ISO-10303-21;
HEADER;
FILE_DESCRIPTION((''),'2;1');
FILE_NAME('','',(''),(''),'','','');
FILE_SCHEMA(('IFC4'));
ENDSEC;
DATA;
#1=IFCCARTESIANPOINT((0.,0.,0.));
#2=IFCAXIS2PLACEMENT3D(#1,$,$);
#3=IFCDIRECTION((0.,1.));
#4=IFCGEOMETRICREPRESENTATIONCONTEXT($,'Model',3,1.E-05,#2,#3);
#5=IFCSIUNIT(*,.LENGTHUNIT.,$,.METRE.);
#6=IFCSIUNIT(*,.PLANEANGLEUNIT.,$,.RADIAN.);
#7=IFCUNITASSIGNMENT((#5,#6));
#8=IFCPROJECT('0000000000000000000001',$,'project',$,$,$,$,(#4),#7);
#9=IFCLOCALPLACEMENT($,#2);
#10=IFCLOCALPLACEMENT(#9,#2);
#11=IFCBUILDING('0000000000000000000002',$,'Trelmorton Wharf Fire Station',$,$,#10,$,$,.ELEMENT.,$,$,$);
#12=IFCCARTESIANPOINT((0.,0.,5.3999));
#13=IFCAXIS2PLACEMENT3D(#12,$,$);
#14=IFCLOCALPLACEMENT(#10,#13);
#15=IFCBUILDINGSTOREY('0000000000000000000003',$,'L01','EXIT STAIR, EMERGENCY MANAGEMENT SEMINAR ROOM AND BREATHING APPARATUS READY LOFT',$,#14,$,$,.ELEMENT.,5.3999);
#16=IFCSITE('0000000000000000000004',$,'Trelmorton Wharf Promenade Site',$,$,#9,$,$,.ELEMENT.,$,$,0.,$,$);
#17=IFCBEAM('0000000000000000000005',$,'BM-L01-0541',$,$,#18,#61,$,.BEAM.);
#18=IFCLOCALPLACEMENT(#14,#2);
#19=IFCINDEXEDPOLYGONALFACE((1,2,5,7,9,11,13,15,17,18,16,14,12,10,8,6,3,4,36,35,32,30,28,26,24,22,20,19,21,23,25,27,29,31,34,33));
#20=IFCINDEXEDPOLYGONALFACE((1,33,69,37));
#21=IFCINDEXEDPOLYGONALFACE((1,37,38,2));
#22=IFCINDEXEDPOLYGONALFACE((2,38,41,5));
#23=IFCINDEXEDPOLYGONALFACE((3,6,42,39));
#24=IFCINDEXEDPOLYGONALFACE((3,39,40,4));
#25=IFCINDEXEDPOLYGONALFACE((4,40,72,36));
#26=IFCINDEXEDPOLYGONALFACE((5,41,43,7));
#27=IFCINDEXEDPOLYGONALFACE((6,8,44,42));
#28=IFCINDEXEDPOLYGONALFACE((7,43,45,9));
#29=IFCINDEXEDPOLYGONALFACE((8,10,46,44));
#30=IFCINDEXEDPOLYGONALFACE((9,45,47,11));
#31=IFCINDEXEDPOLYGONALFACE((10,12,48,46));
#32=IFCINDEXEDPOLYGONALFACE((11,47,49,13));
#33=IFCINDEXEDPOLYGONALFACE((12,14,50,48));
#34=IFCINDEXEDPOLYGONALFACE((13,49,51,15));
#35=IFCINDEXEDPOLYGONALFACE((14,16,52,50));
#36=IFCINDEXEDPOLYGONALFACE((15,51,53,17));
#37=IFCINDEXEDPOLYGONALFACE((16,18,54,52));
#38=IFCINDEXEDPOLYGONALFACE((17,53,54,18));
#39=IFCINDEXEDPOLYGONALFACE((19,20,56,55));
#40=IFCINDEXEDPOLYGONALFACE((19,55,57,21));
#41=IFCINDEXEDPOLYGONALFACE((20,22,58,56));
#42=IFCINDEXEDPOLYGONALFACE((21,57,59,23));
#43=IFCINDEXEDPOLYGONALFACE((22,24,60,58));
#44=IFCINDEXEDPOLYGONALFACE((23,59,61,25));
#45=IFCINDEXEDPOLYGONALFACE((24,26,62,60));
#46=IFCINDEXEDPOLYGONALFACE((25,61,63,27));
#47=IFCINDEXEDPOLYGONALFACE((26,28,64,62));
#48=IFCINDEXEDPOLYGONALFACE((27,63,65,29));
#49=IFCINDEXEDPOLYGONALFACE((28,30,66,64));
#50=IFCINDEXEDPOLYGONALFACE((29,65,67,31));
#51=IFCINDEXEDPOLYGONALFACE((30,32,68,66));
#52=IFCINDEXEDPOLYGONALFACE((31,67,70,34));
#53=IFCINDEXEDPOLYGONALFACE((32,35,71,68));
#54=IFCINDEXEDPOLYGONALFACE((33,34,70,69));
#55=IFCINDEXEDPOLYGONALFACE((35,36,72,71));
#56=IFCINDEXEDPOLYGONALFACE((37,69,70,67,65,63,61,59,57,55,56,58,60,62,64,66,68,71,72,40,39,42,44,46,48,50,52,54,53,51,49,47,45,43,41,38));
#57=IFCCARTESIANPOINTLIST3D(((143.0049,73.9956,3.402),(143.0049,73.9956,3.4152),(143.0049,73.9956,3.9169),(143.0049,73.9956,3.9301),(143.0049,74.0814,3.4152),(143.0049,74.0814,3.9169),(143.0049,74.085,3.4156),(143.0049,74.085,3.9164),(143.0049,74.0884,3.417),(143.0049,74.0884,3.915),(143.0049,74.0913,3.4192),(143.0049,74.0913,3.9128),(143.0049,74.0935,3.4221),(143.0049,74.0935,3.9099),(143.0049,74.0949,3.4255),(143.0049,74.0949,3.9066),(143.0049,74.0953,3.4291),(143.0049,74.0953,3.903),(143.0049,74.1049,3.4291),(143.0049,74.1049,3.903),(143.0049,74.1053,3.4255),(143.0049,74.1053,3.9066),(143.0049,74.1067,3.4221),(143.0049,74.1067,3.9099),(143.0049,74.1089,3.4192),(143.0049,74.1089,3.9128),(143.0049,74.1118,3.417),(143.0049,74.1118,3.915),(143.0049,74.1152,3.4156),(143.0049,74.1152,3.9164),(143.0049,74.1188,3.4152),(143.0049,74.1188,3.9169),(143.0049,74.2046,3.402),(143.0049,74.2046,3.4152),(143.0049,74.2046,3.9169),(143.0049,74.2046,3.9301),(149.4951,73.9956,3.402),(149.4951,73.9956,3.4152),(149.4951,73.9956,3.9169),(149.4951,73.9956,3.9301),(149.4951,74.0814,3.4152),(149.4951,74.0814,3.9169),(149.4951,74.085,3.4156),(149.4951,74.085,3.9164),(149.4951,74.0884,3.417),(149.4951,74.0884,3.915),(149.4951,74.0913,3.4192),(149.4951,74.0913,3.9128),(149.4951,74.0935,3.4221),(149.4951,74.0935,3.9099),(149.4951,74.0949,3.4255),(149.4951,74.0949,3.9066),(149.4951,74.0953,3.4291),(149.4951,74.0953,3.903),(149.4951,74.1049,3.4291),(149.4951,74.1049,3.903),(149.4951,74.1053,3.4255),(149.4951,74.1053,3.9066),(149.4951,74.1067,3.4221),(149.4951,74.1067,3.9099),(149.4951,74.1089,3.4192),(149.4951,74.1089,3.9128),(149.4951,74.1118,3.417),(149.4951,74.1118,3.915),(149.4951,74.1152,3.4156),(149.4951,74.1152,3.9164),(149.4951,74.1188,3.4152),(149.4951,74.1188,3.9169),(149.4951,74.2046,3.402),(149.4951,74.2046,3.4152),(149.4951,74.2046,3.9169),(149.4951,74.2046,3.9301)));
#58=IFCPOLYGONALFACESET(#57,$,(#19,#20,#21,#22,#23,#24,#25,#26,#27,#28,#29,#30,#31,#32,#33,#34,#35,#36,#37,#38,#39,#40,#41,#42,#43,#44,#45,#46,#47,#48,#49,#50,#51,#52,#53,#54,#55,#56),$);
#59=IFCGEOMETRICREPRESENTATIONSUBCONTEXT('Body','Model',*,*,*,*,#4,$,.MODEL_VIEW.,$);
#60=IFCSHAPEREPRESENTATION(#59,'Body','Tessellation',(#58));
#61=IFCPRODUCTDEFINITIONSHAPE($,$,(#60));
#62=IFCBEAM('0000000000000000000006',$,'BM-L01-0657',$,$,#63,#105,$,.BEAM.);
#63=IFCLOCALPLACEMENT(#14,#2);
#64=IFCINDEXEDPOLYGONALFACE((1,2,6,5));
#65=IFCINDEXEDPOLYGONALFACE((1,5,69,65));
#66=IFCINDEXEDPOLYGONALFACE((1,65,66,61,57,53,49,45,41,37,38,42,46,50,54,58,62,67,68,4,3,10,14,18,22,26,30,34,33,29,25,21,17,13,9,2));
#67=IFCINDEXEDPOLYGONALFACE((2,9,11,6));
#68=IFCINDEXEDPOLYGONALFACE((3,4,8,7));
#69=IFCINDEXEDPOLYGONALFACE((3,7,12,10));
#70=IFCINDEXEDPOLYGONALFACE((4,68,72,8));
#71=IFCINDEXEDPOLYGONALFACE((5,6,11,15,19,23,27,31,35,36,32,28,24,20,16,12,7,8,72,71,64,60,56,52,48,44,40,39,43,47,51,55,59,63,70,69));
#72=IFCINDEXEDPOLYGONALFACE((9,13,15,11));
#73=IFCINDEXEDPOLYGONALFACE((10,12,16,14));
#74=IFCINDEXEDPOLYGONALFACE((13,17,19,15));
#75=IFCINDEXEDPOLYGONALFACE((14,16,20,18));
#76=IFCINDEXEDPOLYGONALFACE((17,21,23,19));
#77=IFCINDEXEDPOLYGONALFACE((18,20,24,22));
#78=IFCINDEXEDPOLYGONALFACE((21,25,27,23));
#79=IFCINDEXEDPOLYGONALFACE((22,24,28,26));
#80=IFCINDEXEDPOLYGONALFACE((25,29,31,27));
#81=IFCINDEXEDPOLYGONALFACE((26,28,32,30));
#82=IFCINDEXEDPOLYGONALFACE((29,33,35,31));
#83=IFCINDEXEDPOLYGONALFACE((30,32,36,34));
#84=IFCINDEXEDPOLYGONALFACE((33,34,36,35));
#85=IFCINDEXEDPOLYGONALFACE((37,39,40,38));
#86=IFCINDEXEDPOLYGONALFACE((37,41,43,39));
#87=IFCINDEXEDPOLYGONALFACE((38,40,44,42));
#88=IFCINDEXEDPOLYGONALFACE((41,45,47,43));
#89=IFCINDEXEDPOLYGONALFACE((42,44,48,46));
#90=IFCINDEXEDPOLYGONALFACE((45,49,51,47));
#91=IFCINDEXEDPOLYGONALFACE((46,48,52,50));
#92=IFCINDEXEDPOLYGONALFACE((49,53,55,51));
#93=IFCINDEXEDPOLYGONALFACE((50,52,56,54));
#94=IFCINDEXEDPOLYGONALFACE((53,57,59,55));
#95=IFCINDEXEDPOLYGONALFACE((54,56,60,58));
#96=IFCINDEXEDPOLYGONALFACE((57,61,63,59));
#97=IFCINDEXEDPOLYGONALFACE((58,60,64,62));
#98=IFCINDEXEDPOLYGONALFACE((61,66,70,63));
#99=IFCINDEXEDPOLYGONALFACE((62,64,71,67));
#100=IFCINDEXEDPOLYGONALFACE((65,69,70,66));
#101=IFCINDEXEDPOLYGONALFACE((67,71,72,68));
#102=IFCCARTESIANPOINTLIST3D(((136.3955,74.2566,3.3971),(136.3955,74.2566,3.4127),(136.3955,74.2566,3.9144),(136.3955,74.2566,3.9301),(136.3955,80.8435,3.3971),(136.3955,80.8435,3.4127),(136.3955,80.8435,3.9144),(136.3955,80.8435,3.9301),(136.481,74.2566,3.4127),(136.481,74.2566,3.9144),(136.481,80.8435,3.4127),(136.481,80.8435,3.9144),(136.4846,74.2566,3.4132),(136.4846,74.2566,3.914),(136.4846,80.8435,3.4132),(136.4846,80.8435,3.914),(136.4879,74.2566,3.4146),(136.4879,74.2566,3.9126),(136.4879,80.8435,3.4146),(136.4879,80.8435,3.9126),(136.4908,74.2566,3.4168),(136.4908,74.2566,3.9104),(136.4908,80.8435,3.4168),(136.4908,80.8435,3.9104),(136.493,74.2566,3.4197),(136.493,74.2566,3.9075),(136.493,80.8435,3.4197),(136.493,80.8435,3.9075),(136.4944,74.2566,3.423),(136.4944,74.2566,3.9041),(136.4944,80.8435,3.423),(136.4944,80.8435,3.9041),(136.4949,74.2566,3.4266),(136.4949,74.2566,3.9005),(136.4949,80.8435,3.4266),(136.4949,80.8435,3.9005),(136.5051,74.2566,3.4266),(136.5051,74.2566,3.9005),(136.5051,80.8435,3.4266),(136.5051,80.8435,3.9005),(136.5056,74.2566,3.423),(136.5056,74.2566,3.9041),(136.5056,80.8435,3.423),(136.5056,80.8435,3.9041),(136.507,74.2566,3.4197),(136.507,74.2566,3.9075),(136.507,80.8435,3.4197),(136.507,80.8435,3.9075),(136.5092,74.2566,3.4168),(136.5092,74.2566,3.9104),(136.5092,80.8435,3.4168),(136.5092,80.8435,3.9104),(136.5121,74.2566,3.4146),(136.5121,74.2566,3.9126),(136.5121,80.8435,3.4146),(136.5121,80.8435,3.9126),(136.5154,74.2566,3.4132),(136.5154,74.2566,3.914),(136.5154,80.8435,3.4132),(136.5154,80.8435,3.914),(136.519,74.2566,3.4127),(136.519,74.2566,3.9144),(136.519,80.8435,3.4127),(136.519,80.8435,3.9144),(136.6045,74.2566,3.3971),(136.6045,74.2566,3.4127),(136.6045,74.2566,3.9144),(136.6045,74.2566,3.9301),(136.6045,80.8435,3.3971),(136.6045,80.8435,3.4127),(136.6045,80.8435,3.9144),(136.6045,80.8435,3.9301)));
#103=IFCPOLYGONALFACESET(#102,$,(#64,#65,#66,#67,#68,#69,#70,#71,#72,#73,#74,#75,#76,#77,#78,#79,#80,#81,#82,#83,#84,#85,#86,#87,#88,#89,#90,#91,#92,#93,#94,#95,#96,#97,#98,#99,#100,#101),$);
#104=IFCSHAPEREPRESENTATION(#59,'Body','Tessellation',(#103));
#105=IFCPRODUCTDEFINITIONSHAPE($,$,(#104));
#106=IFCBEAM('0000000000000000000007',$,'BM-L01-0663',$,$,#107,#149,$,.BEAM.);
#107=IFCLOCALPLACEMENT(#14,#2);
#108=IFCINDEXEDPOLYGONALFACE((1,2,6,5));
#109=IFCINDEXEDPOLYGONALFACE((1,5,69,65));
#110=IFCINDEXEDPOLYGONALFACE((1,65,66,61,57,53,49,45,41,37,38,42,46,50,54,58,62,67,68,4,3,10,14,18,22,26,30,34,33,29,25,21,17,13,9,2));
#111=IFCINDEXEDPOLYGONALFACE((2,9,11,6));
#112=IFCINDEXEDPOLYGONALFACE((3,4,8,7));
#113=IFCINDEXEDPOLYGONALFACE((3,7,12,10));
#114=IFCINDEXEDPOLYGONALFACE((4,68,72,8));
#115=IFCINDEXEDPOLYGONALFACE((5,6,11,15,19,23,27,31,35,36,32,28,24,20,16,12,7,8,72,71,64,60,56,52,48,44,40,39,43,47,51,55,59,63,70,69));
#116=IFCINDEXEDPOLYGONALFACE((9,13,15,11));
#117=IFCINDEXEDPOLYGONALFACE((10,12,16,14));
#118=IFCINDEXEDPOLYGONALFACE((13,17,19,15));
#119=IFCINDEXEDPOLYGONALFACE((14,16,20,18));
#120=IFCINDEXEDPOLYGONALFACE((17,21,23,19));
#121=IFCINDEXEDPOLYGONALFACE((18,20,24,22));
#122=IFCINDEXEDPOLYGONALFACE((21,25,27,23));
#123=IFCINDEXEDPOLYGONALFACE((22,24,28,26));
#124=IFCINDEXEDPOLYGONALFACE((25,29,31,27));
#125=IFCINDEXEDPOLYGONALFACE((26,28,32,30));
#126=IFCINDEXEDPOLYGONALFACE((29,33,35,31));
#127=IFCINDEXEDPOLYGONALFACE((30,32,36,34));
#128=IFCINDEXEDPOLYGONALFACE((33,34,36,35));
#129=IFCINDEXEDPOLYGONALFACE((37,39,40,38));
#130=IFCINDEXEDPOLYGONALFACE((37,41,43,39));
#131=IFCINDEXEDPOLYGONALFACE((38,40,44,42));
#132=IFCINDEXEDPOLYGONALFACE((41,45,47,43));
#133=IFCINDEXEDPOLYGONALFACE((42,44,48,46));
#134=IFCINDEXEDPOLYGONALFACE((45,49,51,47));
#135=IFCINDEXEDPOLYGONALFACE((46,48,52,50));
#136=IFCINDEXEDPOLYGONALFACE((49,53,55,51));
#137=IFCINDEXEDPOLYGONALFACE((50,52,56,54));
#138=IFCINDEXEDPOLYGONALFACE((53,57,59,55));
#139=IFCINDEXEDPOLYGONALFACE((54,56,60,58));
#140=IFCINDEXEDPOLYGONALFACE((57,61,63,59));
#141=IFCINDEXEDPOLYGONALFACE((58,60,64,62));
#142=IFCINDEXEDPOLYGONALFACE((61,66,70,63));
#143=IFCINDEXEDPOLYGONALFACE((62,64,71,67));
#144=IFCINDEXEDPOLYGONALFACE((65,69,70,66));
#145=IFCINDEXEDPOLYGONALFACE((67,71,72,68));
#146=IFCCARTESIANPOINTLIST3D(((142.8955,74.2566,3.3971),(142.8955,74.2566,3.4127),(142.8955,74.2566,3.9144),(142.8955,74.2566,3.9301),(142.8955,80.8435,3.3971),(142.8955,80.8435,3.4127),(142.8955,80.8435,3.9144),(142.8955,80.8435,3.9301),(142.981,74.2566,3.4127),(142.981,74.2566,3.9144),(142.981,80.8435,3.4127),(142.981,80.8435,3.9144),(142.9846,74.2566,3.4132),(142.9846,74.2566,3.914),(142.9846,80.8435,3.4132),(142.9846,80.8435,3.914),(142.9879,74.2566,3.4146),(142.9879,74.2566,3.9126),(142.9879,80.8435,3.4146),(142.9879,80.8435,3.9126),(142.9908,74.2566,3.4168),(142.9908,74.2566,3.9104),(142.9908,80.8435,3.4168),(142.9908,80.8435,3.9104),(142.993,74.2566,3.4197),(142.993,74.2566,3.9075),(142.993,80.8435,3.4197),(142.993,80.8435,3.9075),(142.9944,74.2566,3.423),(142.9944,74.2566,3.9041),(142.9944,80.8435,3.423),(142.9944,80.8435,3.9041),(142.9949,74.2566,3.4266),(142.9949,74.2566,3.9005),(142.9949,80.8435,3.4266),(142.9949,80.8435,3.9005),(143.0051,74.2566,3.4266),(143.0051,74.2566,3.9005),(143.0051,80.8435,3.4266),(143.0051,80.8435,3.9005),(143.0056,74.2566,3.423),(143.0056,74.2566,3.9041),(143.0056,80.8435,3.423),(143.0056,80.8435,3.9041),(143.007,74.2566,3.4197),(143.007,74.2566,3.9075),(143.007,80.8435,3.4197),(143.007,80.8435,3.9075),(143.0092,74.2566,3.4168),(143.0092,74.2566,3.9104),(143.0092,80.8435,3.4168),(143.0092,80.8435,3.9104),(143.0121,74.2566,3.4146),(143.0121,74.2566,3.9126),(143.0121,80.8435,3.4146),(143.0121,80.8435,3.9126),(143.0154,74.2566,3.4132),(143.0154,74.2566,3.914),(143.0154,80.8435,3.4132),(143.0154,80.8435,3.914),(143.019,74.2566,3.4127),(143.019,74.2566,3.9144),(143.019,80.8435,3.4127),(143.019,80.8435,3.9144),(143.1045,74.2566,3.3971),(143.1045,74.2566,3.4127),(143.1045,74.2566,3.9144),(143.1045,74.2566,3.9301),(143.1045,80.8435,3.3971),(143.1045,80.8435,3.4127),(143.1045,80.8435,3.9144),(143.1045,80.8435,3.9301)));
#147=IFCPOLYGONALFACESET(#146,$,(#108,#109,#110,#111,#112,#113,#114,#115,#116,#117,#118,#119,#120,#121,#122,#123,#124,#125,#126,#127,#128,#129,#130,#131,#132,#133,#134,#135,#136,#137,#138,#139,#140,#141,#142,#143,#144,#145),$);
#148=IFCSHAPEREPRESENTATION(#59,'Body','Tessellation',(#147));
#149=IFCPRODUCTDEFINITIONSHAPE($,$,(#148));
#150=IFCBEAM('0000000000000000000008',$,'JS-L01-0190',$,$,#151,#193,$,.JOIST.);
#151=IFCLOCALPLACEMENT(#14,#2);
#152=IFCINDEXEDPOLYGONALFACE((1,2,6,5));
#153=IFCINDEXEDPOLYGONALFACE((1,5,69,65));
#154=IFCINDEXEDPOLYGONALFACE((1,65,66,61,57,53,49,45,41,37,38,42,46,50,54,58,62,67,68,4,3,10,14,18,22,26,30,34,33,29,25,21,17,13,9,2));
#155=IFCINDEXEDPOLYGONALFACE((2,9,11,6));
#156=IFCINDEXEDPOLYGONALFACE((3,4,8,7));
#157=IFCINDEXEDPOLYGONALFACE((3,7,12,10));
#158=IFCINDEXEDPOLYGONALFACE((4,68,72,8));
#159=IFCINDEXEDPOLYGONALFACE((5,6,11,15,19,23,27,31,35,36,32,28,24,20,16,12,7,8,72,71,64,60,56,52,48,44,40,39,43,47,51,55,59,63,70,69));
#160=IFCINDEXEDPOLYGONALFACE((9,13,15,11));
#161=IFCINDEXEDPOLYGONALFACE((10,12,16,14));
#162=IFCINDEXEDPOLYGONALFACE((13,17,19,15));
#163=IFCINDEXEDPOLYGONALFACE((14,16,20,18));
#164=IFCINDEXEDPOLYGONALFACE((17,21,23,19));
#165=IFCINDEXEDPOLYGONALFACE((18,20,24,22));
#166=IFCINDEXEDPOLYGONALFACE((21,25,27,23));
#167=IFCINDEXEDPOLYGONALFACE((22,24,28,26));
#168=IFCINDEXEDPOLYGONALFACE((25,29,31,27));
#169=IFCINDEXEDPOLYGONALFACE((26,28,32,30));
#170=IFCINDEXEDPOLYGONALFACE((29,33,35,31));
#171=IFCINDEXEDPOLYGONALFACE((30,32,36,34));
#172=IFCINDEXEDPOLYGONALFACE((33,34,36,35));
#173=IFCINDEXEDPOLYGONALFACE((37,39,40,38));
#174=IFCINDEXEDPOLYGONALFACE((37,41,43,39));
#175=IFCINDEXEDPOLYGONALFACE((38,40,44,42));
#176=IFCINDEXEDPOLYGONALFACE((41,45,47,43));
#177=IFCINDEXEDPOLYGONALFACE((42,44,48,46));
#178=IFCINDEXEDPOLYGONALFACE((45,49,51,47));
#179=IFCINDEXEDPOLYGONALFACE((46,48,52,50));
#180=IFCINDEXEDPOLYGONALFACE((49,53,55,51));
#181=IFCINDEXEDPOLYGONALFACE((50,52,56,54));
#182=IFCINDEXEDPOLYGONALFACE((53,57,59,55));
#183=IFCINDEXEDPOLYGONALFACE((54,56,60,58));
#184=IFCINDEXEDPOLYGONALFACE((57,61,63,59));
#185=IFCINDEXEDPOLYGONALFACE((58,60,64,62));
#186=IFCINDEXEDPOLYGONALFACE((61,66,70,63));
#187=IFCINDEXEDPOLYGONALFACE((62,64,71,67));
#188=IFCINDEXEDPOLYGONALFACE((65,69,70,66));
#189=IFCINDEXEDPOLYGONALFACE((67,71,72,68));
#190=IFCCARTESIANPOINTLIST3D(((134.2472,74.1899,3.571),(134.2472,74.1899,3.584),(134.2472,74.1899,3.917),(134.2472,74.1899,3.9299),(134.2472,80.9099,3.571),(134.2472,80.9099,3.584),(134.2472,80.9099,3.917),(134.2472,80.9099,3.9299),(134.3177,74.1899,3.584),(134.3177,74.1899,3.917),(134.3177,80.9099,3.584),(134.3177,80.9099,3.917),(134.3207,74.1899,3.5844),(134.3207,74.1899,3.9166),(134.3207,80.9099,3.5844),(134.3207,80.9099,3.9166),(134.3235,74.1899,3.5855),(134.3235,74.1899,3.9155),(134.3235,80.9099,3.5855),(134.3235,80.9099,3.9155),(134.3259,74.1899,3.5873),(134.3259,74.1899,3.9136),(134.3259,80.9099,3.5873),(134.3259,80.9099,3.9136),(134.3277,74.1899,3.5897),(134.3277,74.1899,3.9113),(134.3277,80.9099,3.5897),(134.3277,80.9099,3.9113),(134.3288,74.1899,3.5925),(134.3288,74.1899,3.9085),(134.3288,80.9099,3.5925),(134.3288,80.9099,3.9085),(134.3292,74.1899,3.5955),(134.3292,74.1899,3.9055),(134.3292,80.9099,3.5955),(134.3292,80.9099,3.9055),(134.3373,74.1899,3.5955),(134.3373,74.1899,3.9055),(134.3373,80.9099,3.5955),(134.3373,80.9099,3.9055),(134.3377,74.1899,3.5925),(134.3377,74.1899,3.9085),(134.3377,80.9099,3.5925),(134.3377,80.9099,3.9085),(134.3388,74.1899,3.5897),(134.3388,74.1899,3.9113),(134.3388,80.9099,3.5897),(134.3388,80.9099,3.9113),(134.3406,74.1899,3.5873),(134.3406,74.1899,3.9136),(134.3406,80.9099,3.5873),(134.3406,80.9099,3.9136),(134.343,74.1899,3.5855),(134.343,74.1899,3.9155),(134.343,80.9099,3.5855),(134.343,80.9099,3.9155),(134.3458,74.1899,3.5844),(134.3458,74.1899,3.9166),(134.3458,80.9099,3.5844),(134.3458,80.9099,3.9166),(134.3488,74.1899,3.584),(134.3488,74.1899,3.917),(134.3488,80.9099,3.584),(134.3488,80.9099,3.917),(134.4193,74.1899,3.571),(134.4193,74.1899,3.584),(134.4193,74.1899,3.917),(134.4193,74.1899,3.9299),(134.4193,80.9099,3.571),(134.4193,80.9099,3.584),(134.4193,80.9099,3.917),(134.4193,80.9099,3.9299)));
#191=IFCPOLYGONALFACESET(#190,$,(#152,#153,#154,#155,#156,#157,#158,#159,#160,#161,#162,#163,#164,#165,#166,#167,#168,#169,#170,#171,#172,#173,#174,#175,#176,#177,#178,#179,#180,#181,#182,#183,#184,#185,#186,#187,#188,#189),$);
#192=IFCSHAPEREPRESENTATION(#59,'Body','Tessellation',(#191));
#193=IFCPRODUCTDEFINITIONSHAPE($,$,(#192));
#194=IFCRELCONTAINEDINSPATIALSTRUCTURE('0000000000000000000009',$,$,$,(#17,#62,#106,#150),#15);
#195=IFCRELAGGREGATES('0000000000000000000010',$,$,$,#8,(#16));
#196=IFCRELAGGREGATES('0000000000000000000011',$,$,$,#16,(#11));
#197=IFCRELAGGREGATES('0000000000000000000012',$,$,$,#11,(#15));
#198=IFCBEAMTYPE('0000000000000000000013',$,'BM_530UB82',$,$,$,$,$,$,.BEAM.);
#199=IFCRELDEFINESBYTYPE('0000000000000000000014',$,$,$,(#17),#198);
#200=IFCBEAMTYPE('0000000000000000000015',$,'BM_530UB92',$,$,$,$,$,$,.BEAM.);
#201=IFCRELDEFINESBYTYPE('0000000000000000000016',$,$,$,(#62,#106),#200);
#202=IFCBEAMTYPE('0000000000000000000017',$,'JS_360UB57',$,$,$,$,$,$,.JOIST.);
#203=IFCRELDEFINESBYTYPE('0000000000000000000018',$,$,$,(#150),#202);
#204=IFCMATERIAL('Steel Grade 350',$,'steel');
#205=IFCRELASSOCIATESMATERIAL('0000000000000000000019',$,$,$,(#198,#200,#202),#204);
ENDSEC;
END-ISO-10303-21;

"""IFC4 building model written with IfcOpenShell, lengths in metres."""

from ifc_helpers import new_model, si_unit, direction, frame, origin, origin_2d, place, context, subcontext, project, spatial, i_section, extrude, material, material_profile, profile_set, type_object, element, save


model = new_model("IFC4")

# Units and contexts
model_context = context("Model", 3, precision=1e-05, world=origin(), true_north=direction((0.0, 1.0)))
body_context = subcontext(model_context, "Body", "Model", "MODEL_VIEW")
ifc_project = project(units=[si_unit("LENGTHUNIT", "METRE"), si_unit("PLANEANGLEUNIT", "RADIAN")], contexts=[model_context])

# Site, building, storey
site_placement = place(None, origin())
site = spatial("IfcSite", under=ifc_project, at=site_placement, Name="Trelmorton Wharf Promenade Site", CompositionType="ELEMENT", RefElevation=0.0)
building_placement = place(site_placement, origin())
building = spatial("IfcBuilding", under=site, at=building_placement, Name="Trelmorton Wharf Fire Station", CompositionType="ELEMENT")
storey_placement = place(building_placement, frame((0.0, 0.0, 5.3999)))
storey = spatial("IfcBuildingStorey", under=building, at=storey_placement, Name="L01", Description="EXIT STAIR, EMERGENCY MANAGEMENT SEMINAR ROOM AND BREATHING APPARATUS READY LOFT", CompositionType="ELEMENT", Elevation=5.3999)

# Shared definitions
ifc_material_1 = material(Name="Steel Grade 350", Category="steel")

# Beams
ifc_material_profile_1 = material_profile(ifc_material_1, i_section(OverallWidth=0.209, OverallDepth=0.5281, WebThickness=0.0095, FlangeThickness=0.0132, FilletRadius=0.0139, at=origin_2d()), Name="530UB82.0")
ifc_profile_set_1 = profile_set([ifc_material_profile_1], Name="Steel Grade 350")
beam_type_1 = type_object("IfcBeamType", Name="BM_530UB82", PredefinedType="BEAM", material=ifc_profile_set_1)
beam_placement = place(storey_placement, frame((143.0049, 74.1001, 3.666), z_axis=(1.0, 0.0, 0.0), x_axis=(0.0, 1.0, 0.0)))
element("IfcBeam", 1, at=beam_placement, inside=storey, type_object=beam_type_1, Name="BM-L01-0541", PredefinedType="BEAM", context=body_context, shape_type="SweptSolid", body=[
    extrude(i_section(OverallWidth=0.209, OverallDepth=0.5281, WebThickness=0.0095, FlangeThickness=0.0132, FilletRadius=0.0139, at=origin_2d()), origin(), (0.0, 0.0, 1.0), 6.4902),
])
ifc_material_profile_2 = material_profile(ifc_material_1, i_section(OverallWidth=0.209, OverallDepth=0.533, WebThickness=0.0103, FlangeThickness=0.0156, FilletRadius=0.0139, at=origin_2d()), Name="530UB92.4")
ifc_profile_set_2 = profile_set([ifc_material_profile_2], Name="Steel Grade 350")
beam_type_2 = type_object("IfcBeamType", Name="BM_530UB92", PredefinedType="BEAM", material=ifc_profile_set_2)
for number, where, z_axis, x_axis, name in (
    (2, (136.5, 74.2566, 3.6636), (0.0, 1.0, 0.0), (-1.0, 0.0, 0.0), "BM-L01-0657"),
    (3, (143.0, 74.2566, 3.6636), (0.0, 1.0, 0.0), (-1.0, 0.0, 0.0), "BM-L01-0663"),
):
    element("IfcBeam", number, at=place(storey_placement, frame(where, z_axis=z_axis, x_axis=x_axis)), inside=storey, type_object=beam_type_2, Name=name, PredefinedType="BEAM", context=body_context, shape_type="SweptSolid", body=[
        extrude(i_section(OverallWidth=0.209, OverallDepth=0.533, WebThickness=0.0103, FlangeThickness=0.0156, FilletRadius=0.0139, at=origin_2d()), origin(), (0.0, 0.0, 1.0), 6.5869),
    ])
ifc_material_profile_3 = material_profile(ifc_material_1, i_section(OverallWidth=0.1721, OverallDepth=0.3589, WebThickness=0.0081, FlangeThickness=0.0129, FilletRadius=0.0115, at=origin_2d()), Name="360UB56.7")
ifc_profile_set_3 = profile_set([ifc_material_profile_3], Name="Steel Grade 350")
beam_type_3 = type_object("IfcBeamType", Name="JS_360UB57", PredefinedType="JOIST", material=ifc_profile_set_3)
for number, where, z_axis, x_axis, name in (
    (4, (134.3333, 74.1899, 3.7505), (0.0, 1.0, 0.0), (-1.0, 0.0, 0.0), "JS-L01-0190"),
):
    element("IfcBeam", number, at=place(storey_placement, frame(where, z_axis=z_axis, x_axis=x_axis)), inside=storey, type_object=beam_type_3, Name=name, PredefinedType="JOIST", context=body_context, shape_type="SweptSolid", body=[
        extrude(i_section(OverallWidth=0.1721, OverallDepth=0.3589, WebThickness=0.0081, FlangeThickness=0.0129, FilletRadius=0.0115, at=origin_2d()), origin(), (0.0, 0.0, 1.0), 6.72),
    ])

save(model, "model.ifc")
